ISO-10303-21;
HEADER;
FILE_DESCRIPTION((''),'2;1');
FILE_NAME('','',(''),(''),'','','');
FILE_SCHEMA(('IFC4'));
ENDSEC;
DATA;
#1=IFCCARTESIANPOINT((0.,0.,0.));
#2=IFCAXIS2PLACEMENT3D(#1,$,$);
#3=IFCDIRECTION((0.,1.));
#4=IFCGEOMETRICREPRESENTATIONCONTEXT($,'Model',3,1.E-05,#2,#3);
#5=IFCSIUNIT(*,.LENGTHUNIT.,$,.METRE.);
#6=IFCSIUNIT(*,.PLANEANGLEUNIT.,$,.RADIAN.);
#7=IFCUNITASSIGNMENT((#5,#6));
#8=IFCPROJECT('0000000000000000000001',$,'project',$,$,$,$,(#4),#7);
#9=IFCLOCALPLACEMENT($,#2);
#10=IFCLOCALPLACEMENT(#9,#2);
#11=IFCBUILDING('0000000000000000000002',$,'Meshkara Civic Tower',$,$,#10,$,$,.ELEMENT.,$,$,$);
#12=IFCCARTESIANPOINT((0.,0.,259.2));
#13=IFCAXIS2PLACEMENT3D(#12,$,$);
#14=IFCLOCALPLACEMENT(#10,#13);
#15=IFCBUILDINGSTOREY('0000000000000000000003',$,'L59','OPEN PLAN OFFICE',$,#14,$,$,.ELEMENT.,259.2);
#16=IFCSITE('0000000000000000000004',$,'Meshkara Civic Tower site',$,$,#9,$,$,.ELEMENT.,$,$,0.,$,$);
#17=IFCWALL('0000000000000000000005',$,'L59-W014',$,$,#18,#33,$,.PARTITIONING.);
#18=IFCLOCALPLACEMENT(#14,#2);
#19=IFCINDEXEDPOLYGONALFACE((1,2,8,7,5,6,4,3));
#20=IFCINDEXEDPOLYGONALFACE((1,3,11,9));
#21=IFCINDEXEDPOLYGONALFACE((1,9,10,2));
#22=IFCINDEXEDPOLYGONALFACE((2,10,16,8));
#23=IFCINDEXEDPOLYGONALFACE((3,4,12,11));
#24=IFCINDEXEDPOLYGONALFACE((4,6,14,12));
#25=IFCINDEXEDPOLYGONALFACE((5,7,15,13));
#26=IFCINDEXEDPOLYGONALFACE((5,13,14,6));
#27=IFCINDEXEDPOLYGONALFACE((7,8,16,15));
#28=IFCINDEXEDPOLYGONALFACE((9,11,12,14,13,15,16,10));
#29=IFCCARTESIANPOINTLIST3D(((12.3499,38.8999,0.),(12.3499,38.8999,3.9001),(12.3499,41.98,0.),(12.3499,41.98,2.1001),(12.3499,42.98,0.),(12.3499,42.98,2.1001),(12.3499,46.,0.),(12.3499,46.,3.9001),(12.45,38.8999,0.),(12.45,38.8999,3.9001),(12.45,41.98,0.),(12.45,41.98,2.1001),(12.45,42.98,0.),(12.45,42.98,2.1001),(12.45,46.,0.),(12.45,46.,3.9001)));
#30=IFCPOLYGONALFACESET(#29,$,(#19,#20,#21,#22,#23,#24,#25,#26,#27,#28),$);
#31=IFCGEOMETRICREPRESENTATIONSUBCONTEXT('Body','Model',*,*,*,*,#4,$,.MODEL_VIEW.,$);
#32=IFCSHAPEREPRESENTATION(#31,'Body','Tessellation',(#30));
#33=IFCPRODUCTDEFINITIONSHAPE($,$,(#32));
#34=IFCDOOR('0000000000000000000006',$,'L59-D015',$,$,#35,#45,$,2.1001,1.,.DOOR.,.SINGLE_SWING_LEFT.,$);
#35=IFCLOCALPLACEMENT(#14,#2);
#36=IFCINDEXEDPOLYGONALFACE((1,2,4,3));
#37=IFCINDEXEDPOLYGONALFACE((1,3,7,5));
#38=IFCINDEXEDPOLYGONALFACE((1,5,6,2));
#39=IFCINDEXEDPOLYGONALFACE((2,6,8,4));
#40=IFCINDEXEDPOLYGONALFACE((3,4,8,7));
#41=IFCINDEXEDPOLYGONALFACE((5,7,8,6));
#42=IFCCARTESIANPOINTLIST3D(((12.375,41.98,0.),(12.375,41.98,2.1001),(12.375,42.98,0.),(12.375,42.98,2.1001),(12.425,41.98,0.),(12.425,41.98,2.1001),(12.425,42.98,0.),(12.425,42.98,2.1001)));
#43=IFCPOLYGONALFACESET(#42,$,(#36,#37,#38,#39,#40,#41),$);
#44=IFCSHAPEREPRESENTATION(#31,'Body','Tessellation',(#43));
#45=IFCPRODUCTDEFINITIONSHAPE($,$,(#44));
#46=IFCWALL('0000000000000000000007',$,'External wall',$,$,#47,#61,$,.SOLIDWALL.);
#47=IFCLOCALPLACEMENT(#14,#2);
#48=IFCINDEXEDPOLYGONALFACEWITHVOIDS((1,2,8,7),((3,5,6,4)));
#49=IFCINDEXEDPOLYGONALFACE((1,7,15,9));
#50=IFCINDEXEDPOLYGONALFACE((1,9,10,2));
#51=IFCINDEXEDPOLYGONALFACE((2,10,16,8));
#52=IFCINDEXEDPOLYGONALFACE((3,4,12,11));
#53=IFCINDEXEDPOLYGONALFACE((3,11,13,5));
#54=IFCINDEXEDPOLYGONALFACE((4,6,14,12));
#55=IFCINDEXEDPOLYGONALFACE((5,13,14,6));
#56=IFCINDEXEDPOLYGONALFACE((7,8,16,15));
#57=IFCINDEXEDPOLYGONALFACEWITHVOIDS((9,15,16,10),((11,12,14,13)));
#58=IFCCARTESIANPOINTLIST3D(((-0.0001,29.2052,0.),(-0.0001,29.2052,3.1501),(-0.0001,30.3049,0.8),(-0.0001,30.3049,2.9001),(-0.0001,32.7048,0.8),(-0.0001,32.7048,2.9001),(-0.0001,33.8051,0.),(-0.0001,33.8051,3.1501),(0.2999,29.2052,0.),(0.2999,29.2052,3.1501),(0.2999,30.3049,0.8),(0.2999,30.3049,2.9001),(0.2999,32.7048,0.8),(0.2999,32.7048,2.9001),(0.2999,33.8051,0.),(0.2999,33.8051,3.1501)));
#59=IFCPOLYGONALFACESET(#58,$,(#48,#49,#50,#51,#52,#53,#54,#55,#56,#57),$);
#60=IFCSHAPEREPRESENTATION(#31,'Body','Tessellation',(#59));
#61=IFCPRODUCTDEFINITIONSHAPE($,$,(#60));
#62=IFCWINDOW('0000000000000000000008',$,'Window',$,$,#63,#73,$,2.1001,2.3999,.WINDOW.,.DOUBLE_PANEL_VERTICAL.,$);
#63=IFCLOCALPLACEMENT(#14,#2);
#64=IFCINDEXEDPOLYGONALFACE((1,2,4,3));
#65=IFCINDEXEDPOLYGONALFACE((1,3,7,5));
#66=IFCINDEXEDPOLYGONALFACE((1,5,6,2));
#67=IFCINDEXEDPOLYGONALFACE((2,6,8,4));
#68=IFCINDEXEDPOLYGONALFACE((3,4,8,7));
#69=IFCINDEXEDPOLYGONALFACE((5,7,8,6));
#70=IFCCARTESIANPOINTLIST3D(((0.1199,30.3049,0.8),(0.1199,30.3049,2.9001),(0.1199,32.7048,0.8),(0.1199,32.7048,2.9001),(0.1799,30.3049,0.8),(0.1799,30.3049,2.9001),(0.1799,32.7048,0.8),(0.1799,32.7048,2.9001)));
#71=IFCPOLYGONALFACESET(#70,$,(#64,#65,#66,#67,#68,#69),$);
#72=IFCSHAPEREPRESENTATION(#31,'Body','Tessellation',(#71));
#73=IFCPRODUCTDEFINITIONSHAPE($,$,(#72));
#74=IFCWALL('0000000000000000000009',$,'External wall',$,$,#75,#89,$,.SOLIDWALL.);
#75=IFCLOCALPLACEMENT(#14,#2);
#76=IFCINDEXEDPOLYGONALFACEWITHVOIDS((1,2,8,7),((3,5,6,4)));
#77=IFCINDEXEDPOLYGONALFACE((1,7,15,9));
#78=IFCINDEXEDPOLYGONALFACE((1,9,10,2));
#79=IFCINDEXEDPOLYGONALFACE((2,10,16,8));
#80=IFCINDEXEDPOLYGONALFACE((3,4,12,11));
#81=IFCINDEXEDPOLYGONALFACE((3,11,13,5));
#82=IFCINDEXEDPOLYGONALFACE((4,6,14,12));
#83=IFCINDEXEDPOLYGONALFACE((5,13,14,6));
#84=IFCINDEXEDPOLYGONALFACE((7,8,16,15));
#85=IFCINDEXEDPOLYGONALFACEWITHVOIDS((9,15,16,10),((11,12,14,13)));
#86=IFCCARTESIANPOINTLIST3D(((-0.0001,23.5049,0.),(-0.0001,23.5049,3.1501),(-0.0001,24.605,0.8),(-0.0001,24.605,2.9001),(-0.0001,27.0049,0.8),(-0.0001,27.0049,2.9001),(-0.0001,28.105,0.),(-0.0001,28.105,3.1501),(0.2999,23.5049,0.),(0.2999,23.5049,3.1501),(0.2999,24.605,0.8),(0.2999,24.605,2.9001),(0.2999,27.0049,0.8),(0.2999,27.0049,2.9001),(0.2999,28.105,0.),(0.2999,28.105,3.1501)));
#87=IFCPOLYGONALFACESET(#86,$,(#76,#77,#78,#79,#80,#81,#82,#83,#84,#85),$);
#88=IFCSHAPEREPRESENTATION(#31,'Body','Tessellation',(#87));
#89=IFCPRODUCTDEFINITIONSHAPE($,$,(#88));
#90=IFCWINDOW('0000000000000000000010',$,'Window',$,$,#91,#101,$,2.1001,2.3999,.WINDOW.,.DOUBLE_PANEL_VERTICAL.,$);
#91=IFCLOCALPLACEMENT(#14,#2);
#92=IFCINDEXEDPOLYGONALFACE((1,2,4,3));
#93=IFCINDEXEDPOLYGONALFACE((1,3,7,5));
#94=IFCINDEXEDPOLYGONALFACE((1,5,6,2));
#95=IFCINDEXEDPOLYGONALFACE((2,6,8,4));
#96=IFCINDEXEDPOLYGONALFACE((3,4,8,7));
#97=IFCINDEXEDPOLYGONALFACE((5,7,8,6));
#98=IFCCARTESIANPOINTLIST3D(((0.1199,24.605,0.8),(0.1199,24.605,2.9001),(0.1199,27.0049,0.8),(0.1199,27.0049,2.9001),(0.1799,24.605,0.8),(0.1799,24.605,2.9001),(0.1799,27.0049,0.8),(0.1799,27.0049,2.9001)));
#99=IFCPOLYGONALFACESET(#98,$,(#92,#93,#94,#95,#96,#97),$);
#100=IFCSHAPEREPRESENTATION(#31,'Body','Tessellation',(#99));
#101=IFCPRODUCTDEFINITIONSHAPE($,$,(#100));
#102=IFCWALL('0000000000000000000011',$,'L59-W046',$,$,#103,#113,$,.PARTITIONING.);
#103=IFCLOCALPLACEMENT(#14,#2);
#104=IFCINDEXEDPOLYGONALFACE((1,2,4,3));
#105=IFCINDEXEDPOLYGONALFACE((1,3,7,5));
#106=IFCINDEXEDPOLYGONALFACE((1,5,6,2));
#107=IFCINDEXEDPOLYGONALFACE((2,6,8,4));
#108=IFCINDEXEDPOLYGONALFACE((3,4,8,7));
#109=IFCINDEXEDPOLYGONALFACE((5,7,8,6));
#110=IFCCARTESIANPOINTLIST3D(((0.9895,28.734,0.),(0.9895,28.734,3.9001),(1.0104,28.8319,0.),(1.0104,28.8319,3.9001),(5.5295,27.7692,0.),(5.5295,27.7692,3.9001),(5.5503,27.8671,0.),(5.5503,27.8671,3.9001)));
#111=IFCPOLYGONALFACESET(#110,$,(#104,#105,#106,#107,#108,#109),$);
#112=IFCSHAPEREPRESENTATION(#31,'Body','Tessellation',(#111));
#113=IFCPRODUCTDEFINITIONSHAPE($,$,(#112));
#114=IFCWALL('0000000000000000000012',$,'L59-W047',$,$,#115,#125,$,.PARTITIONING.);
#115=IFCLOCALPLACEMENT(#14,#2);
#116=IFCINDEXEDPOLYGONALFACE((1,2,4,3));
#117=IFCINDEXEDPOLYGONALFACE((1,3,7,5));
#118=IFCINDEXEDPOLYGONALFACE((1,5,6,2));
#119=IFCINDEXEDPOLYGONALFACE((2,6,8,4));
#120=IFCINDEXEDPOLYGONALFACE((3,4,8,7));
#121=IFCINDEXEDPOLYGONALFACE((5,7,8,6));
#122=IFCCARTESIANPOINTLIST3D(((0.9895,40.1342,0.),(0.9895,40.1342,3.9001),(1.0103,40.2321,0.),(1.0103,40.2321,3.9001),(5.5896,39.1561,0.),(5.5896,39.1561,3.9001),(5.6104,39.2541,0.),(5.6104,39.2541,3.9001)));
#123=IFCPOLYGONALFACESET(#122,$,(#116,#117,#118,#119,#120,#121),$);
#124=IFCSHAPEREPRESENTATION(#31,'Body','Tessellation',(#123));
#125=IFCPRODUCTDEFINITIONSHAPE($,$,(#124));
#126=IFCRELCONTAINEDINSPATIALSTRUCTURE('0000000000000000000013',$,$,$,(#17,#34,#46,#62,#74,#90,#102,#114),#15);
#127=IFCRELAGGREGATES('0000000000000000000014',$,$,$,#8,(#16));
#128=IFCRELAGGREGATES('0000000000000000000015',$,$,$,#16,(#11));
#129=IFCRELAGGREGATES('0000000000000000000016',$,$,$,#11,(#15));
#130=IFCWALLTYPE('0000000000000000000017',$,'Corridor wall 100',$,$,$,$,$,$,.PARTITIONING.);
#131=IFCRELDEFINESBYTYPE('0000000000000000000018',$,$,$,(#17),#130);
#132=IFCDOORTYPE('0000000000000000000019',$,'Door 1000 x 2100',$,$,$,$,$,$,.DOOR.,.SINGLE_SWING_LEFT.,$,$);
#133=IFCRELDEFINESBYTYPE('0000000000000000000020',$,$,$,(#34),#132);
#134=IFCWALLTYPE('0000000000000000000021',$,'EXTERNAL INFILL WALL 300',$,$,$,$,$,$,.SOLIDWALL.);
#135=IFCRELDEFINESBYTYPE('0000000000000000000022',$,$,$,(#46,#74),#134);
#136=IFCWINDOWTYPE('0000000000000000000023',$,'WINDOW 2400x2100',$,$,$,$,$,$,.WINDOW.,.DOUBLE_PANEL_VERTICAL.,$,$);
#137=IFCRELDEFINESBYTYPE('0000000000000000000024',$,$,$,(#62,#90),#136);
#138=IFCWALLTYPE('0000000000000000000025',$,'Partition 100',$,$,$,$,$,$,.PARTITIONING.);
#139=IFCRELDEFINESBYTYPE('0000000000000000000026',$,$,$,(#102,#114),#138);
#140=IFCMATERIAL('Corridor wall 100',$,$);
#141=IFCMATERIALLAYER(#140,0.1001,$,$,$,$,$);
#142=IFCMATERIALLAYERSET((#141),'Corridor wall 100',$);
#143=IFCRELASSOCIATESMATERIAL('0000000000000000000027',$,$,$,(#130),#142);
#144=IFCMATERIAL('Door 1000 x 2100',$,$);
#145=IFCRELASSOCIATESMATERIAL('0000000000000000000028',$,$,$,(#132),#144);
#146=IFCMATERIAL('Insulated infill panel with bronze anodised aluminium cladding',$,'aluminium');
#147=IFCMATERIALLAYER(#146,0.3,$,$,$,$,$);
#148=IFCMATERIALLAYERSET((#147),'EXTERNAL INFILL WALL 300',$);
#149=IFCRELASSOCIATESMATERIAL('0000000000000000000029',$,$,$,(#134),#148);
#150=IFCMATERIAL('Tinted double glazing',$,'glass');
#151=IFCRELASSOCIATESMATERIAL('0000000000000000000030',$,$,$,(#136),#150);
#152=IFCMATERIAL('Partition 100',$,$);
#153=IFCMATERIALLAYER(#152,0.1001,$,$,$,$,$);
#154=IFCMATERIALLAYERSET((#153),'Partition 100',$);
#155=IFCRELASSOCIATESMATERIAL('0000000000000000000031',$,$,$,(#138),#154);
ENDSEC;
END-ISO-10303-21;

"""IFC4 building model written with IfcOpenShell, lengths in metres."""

from ifc_helpers import new_model, si_unit, direction, frame, frame_2d, origin, place, context, subcontext, project, spatial, rectangle, extrude, material, layer, layer_set, type_object, element, fill, save


model = new_model("IFC4")

# Units and contexts
model_context = context("Model", 3, precision=1e-05, world=origin(), true_north=direction((0.0, 1.0)))
body_context = subcontext(model_context, "Body", "Model", "MODEL_VIEW")
ifc_project = project(units=[si_unit("LENGTHUNIT", "METRE"), si_unit("PLANEANGLEUNIT", "RADIAN")], contexts=[model_context])

# Site, building, storey
site_placement = place(None, origin())
site = spatial("IfcSite", under=ifc_project, at=site_placement, Name="Meshkara Civic Tower site", CompositionType="ELEMENT", RefElevation=0.0)
building_placement = place(site_placement, origin())
building = spatial("IfcBuilding", under=site, at=building_placement, Name="Meshkara Civic Tower", CompositionType="ELEMENT")
storey_placement = place(building_placement, frame((0.0, 0.0, 259.2)))
storey = spatial("IfcBuildingStorey", under=building, at=storey_placement, Name="L59", Description="OPEN PLAN OFFICE", CompositionType="ELEMENT", Elevation=259.2)

# Shared definitions
ifc_material_1 = material(Name="Corridor wall 100")
ifc_layer_1 = layer(ifc_material_1, 0.1001)
ifc_layer_set_1 = layer_set([ifc_layer_1], Name="Corridor wall 100")
wall_type_1 = type_object("IfcWallType", Name="Corridor wall 100", PredefinedType="PARTITIONING", material=ifc_layer_set_1)
ifc_material_2 = material(Name="Door 1000 x 2100")
door_type_1 = type_object("IfcDoorType", Name="Door 1000 x 2100", OperationType="SINGLE_SWING_LEFT", PredefinedType="DOOR", material=ifc_material_2)

# Wall, opening, door
wall_1_placement = place(storey_placement, frame((12.3999, 38.8999, 0.0), z_axis=(0.0, 0.0, 1.0), x_axis=(0.0, 1.0, 0.0)))
wall_1 = element("IfcWall", 1, at=wall_1_placement, inside=storey, type_object=wall_type_1, Name="L59-W014", PredefinedType="PARTITIONING", context=body_context, shape_type="SweptSolid", body=[
    extrude(rectangle(XDim=7.1001, YDim=0.1001, at=frame_2d((3.55, 0.0))), origin(), (0.0, 0.0, 1.0), 3.9001),
])
opening_1_placement = place(wall_1_placement, frame((3.0801, 0.0, 0.0)))
opening_1 = element("IfcOpeningElement", 2, at=opening_1_placement, cuts=wall_1, PredefinedType="OPENING", context=body_context, shape_type="SweptSolid", body=[
    extrude(rectangle(XDim=1.0, YDim=2.1001, at=frame_2d((0.5, 1.05))), frame((0.0, 0.0601, 0.0), z_axis=(0.0, -1.0, 0.0), x_axis=(1.0, 0.0, 0.0)), (0.0, 0.0, 1.0), 0.1201),
])
door_1_placement = place(opening_1_placement, origin())
door_1 = element("IfcDoor", 3, at=door_1_placement, inside=storey, type_object=door_type_1, Name="L59-D015", OperationType="SINGLE_SWING_LEFT", OverallHeight=2.1001, OverallWidth=1.0, PredefinedType="DOOR", context=body_context, shape_type="SweptSolid", body=[
    extrude(rectangle(XDim=1.0, YDim=2.1001, at=frame_2d((0.5, 1.05))), frame((0.0, 0.0249, 0.0), z_axis=(0.0, -1.0, 0.0), x_axis=(1.0, 0.0, 0.0)), (0.0, 0.0, 1.0), 0.05),
])
fill(opening_1, door_1)

# Walls, openings, windows
ifc_material_3 = material(Name="Insulated infill panel with bronze anodised aluminium cladding", Category="aluminium")
ifc_layer_2 = layer(ifc_material_3, 0.3)
ifc_layer_set_2 = layer_set([ifc_layer_2], Name="EXTERNAL INFILL WALL 300")
wall_type_2 = type_object("IfcWallType", Name="EXTERNAL INFILL WALL 300", PredefinedType="SOLIDWALL", material=ifc_layer_set_2)
wall_2_placement = place(storey_placement, frame((0.1499, 33.8049, 0.0), z_axis=(0.0, 0.0, 1.0), x_axis=(0.0, -1.0, 0.0)))
wall_2 = element("IfcWall", 4, at=wall_2_placement, inside=storey, type_object=wall_type_2, Name="External wall", PredefinedType="SOLIDWALL", context=body_context, shape_type="SweptSolid", body=[
    extrude(rectangle(XDim=4.5999, YDim=0.3, at=frame_2d((2.2998, 0.0))), origin(), (0.0, 0.0, 1.0), 3.1501),
])
opening_2_placement = place(wall_2_placement, frame((1.1001, 0.0, 0.8)))
opening_2 = element("IfcOpeningElement", 5, at=opening_2_placement, cuts=wall_2, PredefinedType="OPENING", context=body_context, shape_type="SweptSolid", body=[
    extrude(rectangle(XDim=2.3999, YDim=2.1001, at=frame_2d((1.2, 1.05))), frame((0.0, 0.1599, 0.0), z_axis=(0.0, -1.0, 0.0), x_axis=(1.0, 0.0, 0.0)), (0.0, 0.0, 1.0), 0.3201),
])
ifc_material_4 = material(Name="Tinted double glazing", Category="glass")
window_type = type_object("IfcWindowType", Name="WINDOW 2400x2100", PartitioningType="DOUBLE_PANEL_VERTICAL", PredefinedType="WINDOW", material=ifc_material_4)
window_1_placement = place(opening_2_placement, origin())
window_1 = element("IfcWindow", 6, at=window_1_placement, inside=storey, type_object=window_type, Name="Window", OverallHeight=2.1001, OverallWidth=2.3999, PartitioningType="DOUBLE_PANEL_VERTICAL", PredefinedType="WINDOW", context=body_context, shape_type="SweptSolid", body=[
    extrude(rectangle(XDim=2.3999, YDim=2.1001, at=frame_2d((1.2, 1.05))), frame((0.0, 0.03, 0.0), z_axis=(0.0, -1.0, 0.0), x_axis=(1.0, 0.0, 0.0)), (0.0, 0.0, 1.0), 0.0601),
])
fill(opening_2, window_1)
wall_3_placement = place(storey_placement, frame((0.1499, 28.105, 0.0), z_axis=(0.0, 0.0, 1.0), x_axis=(0.0, -1.0, 0.0)))
wall_3 = element("IfcWall", 7, at=wall_3_placement, inside=storey, type_object=wall_type_2, Name="External wall", PredefinedType="SOLIDWALL", context=body_context, shape_type="SweptSolid", body=[
    extrude(rectangle(XDim=4.6001, YDim=0.3, at=frame_2d((2.3, 0.0))), origin(), (0.0, 0.0, 1.0), 3.1501),
])
opening_3_placement = place(wall_3_placement, frame((1.1001, 0.0, 0.8)))
opening_3 = element("IfcOpeningElement", 8, at=opening_3_placement, cuts=wall_3, PredefinedType="OPENING", context=body_context, shape_type="SweptSolid", body=[
    extrude(rectangle(XDim=2.3999, YDim=2.1001, at=frame_2d((1.2, 1.05))), frame((0.0, 0.1599, 0.0), z_axis=(0.0, -1.0, 0.0), x_axis=(1.0, 0.0, 0.0)), (0.0, 0.0, 1.0), 0.3201),
])
window_2_placement = place(opening_3_placement, origin())
window_2 = element("IfcWindow", 9, at=window_2_placement, inside=storey, type_object=window_type, Name="Window", OverallHeight=2.1001, OverallWidth=2.3999, PartitioningType="DOUBLE_PANEL_VERTICAL", PredefinedType="WINDOW", context=body_context, shape_type="SweptSolid", body=[
    extrude(rectangle(XDim=2.3999, YDim=2.1001, at=frame_2d((1.2, 1.05))), frame((0.0, 0.03, 0.0), z_axis=(0.0, -1.0, 0.0), x_axis=(1.0, 0.0, 0.0)), (0.0, 0.0, 1.0), 0.0601),
])
fill(opening_3, window_2)

# Walls
ifc_material_5 = material(Name="Partition 100")
ifc_layer_3 = layer(ifc_material_5, 0.1001)
ifc_layer_set_3 = layer_set([ifc_layer_3], Name="Partition 100")
wall_type_3 = type_object("IfcWallType", Name="Partition 100", PredefinedType="PARTITIONING", material=ifc_layer_set_3)
wall_4_placement = place(storey_placement, frame((5.54, 27.8181, 0.0), z_axis=(0.0, 0.0, 1.0), x_axis=(-0.978155, 0.207876, 0.0)))
element("IfcWall", 10, at=wall_4_placement, inside=storey, type_object=wall_type_3, Name="L59-W046", PredefinedType="PARTITIONING", context=body_context, shape_type="SweptSolid", body=[
    extrude(rectangle(XDim=4.6414, YDim=0.1001, at=frame_2d((2.3208, 0.0))), origin(), (0.0, 0.0, 1.0), 3.9001),
])
wall_5_placement = place(storey_placement, frame((5.6001, 39.2051, 0.0), z_axis=(0.0, 0.0, 1.0), x_axis=(-0.978137, 0.207962, 0.0)))
element("IfcWall", 11, at=wall_5_placement, inside=storey, type_object=wall_type_3, Name="L59-W047", PredefinedType="PARTITIONING", context=body_context, shape_type="SweptSolid", body=[
    extrude(rectangle(XDim=4.7029, YDim=0.1001, at=frame_2d((2.3516, 0.0))), origin(), (0.0, 0.0, 1.0), 3.9001),
])

save(model, "model.ifc")
